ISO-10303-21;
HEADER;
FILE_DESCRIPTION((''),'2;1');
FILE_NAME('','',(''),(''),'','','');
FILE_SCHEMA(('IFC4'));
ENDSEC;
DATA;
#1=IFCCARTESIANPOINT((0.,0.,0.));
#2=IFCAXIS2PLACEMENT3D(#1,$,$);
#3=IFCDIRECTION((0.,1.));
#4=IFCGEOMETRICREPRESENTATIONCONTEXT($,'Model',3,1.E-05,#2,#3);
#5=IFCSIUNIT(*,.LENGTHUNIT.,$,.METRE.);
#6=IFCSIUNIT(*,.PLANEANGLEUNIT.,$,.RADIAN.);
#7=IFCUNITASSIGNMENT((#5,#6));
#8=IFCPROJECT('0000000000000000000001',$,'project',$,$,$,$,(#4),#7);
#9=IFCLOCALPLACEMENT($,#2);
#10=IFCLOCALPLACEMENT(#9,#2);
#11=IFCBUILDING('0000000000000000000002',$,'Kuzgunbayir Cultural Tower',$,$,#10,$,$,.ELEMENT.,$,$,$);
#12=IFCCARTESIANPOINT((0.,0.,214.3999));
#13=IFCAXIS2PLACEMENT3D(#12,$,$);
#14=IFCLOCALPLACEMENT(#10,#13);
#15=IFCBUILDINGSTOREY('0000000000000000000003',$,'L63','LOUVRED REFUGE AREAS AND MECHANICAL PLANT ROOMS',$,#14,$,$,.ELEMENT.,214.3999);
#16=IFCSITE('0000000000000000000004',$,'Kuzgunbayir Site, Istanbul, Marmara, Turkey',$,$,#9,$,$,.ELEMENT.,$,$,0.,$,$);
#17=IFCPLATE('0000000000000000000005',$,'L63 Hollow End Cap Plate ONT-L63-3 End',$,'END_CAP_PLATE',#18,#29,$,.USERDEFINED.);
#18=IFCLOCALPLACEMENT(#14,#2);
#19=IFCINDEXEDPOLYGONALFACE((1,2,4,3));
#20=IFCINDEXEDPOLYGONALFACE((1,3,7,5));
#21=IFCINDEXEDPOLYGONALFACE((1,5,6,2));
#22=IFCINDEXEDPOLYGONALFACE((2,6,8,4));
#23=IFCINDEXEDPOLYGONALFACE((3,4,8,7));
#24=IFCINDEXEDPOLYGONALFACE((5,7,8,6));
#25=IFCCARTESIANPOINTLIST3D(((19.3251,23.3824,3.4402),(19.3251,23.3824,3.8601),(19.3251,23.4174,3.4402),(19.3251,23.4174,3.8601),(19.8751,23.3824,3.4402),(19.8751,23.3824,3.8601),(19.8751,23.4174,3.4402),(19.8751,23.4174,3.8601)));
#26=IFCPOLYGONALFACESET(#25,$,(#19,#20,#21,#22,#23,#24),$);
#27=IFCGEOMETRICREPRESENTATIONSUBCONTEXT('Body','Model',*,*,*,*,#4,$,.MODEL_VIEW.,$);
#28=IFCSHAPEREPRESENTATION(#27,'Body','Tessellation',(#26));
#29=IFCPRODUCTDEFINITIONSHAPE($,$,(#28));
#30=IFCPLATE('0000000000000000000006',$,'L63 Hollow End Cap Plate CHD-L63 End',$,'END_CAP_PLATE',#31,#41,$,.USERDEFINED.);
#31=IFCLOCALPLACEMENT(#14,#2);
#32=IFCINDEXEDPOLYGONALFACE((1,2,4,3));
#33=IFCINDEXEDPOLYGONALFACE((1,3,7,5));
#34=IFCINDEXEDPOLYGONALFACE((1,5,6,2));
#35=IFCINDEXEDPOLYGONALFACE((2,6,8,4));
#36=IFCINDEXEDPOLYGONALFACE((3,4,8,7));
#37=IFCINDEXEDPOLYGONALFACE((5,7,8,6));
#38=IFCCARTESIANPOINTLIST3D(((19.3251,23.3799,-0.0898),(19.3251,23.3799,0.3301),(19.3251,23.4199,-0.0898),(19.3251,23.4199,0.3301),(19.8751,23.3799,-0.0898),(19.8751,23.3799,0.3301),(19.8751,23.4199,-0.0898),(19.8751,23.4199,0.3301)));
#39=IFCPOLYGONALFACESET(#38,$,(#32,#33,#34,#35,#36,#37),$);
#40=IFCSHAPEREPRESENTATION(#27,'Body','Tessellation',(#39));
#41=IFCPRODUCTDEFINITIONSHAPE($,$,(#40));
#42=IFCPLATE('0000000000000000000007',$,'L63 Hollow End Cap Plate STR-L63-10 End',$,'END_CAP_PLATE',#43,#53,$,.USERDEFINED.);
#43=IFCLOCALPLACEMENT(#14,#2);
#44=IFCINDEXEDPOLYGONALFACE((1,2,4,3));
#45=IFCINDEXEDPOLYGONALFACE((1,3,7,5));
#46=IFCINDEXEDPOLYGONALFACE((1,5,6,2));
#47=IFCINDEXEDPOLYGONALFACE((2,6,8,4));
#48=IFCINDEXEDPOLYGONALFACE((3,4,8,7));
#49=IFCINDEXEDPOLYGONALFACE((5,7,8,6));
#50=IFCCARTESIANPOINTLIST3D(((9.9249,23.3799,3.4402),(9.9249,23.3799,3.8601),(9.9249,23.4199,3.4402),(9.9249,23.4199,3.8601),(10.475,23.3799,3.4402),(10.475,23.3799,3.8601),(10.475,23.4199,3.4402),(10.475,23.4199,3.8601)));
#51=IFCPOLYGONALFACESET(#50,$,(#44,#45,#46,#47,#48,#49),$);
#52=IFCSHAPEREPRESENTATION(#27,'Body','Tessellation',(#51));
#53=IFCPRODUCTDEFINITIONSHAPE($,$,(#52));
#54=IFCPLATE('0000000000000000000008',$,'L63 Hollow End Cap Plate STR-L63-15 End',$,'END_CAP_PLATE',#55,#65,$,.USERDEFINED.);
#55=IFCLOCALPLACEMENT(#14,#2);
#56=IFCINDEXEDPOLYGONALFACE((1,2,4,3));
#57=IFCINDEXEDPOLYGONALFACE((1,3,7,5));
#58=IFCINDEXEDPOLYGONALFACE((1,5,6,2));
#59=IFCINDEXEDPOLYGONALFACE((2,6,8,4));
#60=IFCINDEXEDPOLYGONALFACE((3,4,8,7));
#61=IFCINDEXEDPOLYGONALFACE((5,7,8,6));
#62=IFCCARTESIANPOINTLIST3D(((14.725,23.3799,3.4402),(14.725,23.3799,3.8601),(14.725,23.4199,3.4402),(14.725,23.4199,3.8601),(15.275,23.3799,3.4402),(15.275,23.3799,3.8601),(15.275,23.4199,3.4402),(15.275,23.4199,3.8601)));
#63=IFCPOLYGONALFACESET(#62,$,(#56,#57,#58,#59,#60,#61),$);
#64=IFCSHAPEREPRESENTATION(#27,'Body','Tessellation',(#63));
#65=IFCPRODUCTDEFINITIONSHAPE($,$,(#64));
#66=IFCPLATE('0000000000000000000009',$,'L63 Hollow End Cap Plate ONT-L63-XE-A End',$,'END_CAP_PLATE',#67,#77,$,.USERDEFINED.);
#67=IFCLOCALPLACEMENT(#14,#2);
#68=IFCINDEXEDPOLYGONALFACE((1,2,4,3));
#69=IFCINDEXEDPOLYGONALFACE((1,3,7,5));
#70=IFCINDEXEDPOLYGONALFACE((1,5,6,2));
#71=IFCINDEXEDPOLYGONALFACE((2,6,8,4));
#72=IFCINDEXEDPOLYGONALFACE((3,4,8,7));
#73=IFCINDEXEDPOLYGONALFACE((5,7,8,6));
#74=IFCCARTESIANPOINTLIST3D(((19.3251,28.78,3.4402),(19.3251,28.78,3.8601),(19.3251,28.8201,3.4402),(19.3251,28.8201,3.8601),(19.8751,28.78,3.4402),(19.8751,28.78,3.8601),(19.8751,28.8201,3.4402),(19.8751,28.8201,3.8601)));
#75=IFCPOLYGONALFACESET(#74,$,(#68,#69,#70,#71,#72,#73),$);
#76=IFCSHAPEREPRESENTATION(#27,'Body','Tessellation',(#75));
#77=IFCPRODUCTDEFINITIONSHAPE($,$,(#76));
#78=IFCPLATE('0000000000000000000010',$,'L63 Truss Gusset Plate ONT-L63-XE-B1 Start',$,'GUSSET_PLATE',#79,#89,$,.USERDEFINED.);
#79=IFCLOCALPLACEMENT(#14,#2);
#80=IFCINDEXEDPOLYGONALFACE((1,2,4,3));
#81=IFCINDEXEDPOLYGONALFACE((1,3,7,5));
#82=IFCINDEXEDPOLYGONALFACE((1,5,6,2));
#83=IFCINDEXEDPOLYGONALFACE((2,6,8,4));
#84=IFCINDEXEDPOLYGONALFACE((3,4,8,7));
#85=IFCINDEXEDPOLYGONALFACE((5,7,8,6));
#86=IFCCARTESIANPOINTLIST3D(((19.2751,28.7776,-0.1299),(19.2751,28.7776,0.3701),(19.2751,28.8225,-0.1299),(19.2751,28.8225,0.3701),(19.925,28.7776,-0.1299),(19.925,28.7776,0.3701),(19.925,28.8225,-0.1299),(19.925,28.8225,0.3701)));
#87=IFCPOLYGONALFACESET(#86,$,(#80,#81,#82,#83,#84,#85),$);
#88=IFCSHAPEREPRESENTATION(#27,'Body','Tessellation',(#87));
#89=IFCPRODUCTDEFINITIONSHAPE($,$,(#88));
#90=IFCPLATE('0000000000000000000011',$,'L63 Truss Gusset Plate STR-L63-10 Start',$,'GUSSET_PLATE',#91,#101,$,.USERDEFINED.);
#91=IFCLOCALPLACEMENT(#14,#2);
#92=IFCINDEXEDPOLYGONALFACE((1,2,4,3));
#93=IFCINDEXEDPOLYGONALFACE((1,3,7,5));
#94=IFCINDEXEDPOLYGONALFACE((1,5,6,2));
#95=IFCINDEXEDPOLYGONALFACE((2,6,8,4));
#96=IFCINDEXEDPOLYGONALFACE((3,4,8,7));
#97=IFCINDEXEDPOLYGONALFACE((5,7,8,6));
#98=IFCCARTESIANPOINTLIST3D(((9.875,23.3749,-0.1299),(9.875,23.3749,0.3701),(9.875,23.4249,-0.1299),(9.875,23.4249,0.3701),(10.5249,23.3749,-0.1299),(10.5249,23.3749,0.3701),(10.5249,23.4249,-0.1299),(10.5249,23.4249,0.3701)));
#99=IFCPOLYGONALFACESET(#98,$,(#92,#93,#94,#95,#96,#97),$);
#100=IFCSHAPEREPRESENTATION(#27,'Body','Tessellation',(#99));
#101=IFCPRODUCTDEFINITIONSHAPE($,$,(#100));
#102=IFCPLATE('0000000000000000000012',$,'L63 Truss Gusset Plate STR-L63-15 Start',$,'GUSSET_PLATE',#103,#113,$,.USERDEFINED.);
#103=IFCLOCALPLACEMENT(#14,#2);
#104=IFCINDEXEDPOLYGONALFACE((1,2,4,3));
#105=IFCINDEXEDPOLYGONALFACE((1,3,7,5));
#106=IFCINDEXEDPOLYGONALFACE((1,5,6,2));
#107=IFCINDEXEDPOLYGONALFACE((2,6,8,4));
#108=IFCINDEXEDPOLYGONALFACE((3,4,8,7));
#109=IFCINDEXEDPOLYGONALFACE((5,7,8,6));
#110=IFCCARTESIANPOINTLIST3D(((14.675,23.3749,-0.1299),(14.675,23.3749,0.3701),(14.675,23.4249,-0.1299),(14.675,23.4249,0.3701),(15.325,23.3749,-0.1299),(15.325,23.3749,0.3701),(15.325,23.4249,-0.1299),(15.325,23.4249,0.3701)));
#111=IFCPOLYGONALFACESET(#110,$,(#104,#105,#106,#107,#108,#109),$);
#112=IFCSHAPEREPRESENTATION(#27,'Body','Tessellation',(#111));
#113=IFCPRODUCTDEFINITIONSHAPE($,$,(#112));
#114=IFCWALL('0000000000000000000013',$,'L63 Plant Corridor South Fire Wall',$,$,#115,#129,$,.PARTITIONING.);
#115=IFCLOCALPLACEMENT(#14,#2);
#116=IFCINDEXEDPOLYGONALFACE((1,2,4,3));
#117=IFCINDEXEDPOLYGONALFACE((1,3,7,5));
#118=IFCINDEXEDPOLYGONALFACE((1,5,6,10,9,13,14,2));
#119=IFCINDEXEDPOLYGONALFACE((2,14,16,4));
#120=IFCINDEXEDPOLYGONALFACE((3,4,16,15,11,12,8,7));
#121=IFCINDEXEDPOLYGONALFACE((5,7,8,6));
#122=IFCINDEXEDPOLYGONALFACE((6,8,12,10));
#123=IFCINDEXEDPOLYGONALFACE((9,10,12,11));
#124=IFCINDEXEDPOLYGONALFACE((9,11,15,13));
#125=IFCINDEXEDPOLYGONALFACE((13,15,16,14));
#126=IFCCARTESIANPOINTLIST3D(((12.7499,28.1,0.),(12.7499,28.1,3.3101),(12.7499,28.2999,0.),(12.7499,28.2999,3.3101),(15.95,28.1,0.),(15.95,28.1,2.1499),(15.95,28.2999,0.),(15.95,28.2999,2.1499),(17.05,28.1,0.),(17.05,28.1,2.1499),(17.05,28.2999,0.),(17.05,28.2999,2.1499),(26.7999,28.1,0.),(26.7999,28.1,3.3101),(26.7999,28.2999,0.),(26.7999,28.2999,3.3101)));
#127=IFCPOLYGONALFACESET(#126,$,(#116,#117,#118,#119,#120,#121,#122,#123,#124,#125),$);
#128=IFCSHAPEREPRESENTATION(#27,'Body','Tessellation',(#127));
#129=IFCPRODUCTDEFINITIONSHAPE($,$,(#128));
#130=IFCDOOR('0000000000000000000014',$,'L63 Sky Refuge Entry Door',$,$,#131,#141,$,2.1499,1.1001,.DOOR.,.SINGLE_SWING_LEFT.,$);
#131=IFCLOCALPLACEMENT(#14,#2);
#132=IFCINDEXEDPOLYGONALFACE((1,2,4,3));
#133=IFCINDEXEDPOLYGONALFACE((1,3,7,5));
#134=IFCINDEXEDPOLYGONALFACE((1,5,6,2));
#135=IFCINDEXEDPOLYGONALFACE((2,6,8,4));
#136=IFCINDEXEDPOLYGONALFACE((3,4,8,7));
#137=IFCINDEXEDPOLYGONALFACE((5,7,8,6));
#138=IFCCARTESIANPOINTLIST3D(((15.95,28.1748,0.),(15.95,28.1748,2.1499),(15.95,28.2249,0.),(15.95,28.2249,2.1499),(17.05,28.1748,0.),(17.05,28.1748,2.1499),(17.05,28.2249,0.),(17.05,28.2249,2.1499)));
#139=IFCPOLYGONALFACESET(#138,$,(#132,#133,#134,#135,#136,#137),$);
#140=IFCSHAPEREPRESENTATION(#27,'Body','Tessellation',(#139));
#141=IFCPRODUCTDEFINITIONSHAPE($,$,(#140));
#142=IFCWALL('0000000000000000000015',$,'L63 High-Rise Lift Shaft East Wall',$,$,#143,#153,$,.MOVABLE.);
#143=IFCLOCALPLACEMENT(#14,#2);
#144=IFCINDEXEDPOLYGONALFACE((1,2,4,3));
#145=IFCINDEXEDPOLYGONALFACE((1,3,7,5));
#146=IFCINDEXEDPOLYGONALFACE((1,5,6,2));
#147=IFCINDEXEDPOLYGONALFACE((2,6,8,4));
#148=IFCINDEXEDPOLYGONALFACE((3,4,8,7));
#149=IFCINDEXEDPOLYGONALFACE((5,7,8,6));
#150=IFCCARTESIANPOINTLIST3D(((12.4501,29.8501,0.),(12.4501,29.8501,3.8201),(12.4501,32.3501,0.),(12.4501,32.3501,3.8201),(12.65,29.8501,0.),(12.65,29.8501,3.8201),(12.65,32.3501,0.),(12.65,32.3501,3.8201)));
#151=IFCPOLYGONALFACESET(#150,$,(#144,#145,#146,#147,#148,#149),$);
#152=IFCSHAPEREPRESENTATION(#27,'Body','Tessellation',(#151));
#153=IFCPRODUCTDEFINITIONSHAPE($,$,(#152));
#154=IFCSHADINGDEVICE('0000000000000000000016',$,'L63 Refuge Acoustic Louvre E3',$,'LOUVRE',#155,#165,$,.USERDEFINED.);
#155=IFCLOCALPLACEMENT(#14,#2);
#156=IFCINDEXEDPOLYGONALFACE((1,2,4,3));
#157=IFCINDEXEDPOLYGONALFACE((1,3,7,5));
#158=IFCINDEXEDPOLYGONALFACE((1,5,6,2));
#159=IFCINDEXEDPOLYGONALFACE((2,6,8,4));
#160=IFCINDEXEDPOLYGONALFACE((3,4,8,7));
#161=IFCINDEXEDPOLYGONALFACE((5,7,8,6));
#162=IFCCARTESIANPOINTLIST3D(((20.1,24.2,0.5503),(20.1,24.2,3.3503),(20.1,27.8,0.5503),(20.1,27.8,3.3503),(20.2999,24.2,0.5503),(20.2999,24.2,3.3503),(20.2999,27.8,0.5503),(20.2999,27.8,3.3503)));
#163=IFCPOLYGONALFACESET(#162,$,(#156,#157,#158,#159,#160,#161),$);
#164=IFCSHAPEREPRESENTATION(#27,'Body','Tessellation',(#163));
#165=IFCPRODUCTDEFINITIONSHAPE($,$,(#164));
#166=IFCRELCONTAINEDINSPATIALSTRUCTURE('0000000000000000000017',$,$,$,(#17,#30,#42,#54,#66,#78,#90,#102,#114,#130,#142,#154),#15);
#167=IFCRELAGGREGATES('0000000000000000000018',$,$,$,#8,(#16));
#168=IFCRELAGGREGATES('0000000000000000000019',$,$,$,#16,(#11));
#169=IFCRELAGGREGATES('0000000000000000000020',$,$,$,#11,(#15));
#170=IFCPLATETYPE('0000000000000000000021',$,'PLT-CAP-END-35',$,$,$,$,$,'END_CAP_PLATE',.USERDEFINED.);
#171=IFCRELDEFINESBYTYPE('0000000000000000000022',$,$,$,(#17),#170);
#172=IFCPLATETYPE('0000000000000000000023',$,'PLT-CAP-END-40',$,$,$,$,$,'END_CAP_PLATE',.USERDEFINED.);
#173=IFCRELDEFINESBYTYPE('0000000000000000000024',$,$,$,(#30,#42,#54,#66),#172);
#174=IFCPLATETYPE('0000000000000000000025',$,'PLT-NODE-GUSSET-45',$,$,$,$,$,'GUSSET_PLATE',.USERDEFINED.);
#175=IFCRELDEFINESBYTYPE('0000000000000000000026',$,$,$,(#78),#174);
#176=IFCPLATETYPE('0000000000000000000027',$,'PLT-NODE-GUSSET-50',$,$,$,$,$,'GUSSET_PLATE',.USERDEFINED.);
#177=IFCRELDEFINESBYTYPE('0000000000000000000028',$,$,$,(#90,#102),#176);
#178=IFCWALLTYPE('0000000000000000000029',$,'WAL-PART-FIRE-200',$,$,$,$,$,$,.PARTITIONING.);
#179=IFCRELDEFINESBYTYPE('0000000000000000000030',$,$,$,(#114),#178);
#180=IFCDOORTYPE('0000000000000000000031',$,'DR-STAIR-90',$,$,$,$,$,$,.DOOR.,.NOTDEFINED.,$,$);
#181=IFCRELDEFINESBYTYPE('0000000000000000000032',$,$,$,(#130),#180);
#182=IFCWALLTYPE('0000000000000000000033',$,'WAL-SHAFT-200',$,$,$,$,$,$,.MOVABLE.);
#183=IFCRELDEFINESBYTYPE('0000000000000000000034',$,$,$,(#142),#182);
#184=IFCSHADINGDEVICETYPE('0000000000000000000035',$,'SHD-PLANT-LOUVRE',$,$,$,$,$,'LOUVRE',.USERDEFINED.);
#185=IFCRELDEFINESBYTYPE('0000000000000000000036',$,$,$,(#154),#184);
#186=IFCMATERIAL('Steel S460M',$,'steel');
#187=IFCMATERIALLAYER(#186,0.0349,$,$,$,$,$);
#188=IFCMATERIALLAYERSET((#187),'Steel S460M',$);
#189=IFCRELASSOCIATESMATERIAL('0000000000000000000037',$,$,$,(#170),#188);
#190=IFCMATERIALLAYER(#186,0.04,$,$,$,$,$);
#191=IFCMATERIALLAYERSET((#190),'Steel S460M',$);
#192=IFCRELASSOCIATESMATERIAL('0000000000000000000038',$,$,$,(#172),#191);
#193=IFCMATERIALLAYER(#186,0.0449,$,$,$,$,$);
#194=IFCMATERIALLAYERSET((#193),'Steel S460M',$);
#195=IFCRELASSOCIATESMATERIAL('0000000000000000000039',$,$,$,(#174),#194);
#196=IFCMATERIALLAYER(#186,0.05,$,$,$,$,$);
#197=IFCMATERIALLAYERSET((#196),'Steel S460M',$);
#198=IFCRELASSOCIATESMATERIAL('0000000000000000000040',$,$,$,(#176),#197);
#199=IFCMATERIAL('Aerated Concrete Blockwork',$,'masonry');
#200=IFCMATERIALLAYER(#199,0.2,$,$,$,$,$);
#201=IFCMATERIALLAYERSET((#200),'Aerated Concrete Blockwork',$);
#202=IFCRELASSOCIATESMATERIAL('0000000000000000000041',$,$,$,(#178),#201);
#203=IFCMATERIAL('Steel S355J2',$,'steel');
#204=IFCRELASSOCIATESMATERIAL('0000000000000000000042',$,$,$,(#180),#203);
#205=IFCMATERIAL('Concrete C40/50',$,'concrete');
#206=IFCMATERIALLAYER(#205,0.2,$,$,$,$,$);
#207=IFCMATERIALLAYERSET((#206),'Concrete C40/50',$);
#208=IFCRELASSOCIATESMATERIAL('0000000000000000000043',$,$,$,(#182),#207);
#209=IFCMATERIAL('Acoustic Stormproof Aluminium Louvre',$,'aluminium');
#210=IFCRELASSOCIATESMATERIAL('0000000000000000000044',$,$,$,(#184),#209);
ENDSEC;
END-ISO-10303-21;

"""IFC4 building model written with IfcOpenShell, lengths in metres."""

from ifc_helpers import new_model, si_unit, direction, frame, frame_2d, origin, origin_2d, place, context, subcontext, project, spatial, rectangle, extrude, material, layer, layer_set, type_object, element, fill, save


model = new_model("IFC4")

# Units and contexts
model_context = context("Model", 3, precision=1e-05, world=origin(), true_north=direction((0.0, 1.0)))
body_context = subcontext(model_context, "Body", "Model", "MODEL_VIEW")
ifc_project = project(units=[si_unit("LENGTHUNIT", "METRE"), si_unit("PLANEANGLEUNIT", "RADIAN")], contexts=[model_context])

# Site, building, storey
site_placement = place(None, origin())
site = spatial("IfcSite", under=ifc_project, at=site_placement, Name="Kuzgunbayir Site, Istanbul, Marmara, Turkey", CompositionType="ELEMENT", RefElevation=0.0)
building_placement = place(site_placement, origin())
building = spatial("IfcBuilding", under=site, at=building_placement, Name="Kuzgunbayir Cultural Tower", CompositionType="ELEMENT")
storey_placement = place(building_placement, frame((0.0, 0.0, 214.3999)))
storey = spatial("IfcBuildingStorey", under=building, at=storey_placement, Name="L63", Description="LOUVRED REFUGE AREAS AND MECHANICAL PLANT ROOMS", CompositionType="ELEMENT", Elevation=214.3999)

# Shared definitions
ifc_material_1 = material(Name="Steel S355J2", Category="steel")

# Shared definitions
ifc_material_2 = material(Name="Steel S460M", Category="steel")

# Plates
ifc_layer_1 = layer(ifc_material_2, 0.0349)
ifc_layer_set_1 = layer_set([ifc_layer_1], Name="Steel S460M")
plate_type_1 = type_object("IfcPlateType", Name="PLT-CAP-END-35", ElementType="END_CAP_PLATE", PredefinedType="USERDEFINED", material=ifc_layer_set_1)
plate_1_placement = place(storey_placement, frame((19.6001, 23.3999, 3.4402), z_axis=(0.0, 0.0, 1.0), x_axis=(1.0, 0.0, 0.0)))
element("IfcPlate", 1, at=plate_1_placement, inside=storey, type_object=plate_type_1, Name="L63 Hollow End Cap Plate ONT-L63-3 End", ObjectType="END_CAP_PLATE", PredefinedType="USERDEFINED", context=body_context, shape_type="SweptSolid", body=[
    extrude(rectangle(XDim=0.55, YDim=0.0349, at=origin_2d()), origin(), (0.0, 0.0, 1.0), 0.4199),
])
ifc_layer_2 = layer(ifc_material_2, 0.04)
ifc_layer_set_2 = layer_set([ifc_layer_2], Name="Steel S460M")
plate_type_2 = type_object("IfcPlateType", Name="PLT-CAP-END-40", ElementType="END_CAP_PLATE", PredefinedType="USERDEFINED", material=ifc_layer_set_2)
for number, where, z_axis, x_axis, name in (
    (2, (19.6001, 23.3999, -0.0898), (0.0, 0.0, 1.0), (1.0, 0.0, 0.0), "L63 Hollow End Cap Plate CHD-L63 End"),
    (3, (10.2, 23.3999, 3.4402), (0.0, 0.0, 1.0), (1.0, 0.0, 0.0), "L63 Hollow End Cap Plate STR-L63-10 End"),
    (4, (15.0, 23.3999, 3.4402), (0.0, 0.0, 1.0), (1.0, 0.0, 0.0), "L63 Hollow End Cap Plate STR-L63-15 End"),
    (5, (19.6001, 28.8, 3.4402), (0.0, 0.0, 1.0), (1.0, 0.0, 0.0), "L63 Hollow End Cap Plate ONT-L63-XE-A End"),
):
    element("IfcPlate", number, at=place(storey_placement, frame(where, z_axis=z_axis, x_axis=x_axis)), inside=storey, type_object=plate_type_2, Name=name, ObjectType="END_CAP_PLATE", PredefinedType="USERDEFINED", context=body_context, shape_type="SweptSolid", body=[
        extrude(rectangle(XDim=0.55, YDim=0.04, at=origin_2d()), origin(), (0.0, 0.0, 1.0), 0.4199),
    ])
ifc_layer_3 = layer(ifc_material_2, 0.0449)
ifc_layer_set_3 = layer_set([ifc_layer_3], Name="Steel S460M")
plate_type_3 = type_object("IfcPlateType", Name="PLT-NODE-GUSSET-45", ElementType="GUSSET_PLATE", PredefinedType="USERDEFINED", material=ifc_layer_set_3)
plate_2_placement = place(storey_placement, frame((19.6001, 28.8, -0.1299), z_axis=(0.0, 0.0, 1.0), x_axis=(1.0, 0.0, 0.0)))
element("IfcPlate", 6, at=plate_2_placement, inside=storey, type_object=plate_type_3, Name="L63 Truss Gusset Plate ONT-L63-XE-B1 Start", ObjectType="GUSSET_PLATE", PredefinedType="USERDEFINED", context=body_context, shape_type="SweptSolid", body=[
    extrude(rectangle(XDim=0.6499, YDim=0.0449, at=origin_2d()), origin(), (0.0, 0.0, 1.0), 0.5),
])
ifc_layer_4 = layer(ifc_material_2, 0.05)
ifc_layer_set_4 = layer_set([ifc_layer_4], Name="Steel S460M")
plate_type_4 = type_object("IfcPlateType", Name="PLT-NODE-GUSSET-50", ElementType="GUSSET_PLATE", PredefinedType="USERDEFINED", material=ifc_layer_set_4)
for number, where, z_axis, x_axis, name in (
    (7, (10.2, 23.3999, -0.1299), (0.0, 0.0, 1.0), (1.0, 0.0, 0.0), "L63 Truss Gusset Plate STR-L63-10 Start"),
    (8, (15.0, 23.3999, -0.1299), (0.0, 0.0, 1.0), (1.0, 0.0, 0.0), "L63 Truss Gusset Plate STR-L63-15 Start"),
):
    element("IfcPlate", number, at=place(storey_placement, frame(where, z_axis=z_axis, x_axis=x_axis)), inside=storey, type_object=plate_type_4, Name=name, ObjectType="GUSSET_PLATE", PredefinedType="USERDEFINED", context=body_context, shape_type="SweptSolid", body=[
        extrude(rectangle(XDim=0.6499, YDim=0.05, at=origin_2d()), origin(), (0.0, 0.0, 1.0), 0.5),
    ])

# Wall, opening, door
ifc_material_3 = material(Name="Aerated Concrete Blockwork", Category="masonry")
ifc_layer_5 = layer(ifc_material_3, 0.2)
ifc_layer_set_5 = layer_set([ifc_layer_5], Name="Aerated Concrete Blockwork")
wall_type_1 = type_object("IfcWallType", Name="WAL-PART-FIRE-200", PredefinedType="PARTITIONING", material=ifc_layer_set_5)
wall_1_placement = place(storey_placement, frame((12.75, 28.2, 0.0), z_axis=(0.0, 0.0, 1.0), x_axis=(1.0, 0.0, 0.0)))
wall_1 = element("IfcWall", 9, at=wall_1_placement, inside=storey, type_object=wall_type_1, Name="L63 Plant Corridor South Fire Wall", PredefinedType="PARTITIONING", context=body_context, shape_type="SweptSolid", body=[
    extrude(rectangle(XDim=14.05, YDim=0.2, at=frame_2d((7.0249, 0.0))), origin(), (0.0, 0.0, 1.0), 3.3101),
])
opening_placement = place(wall_1_placement, frame((3.2, 0.0, 0.0)))
opening = element("IfcOpeningElement", 10, at=opening_placement, cuts=wall_1, PredefinedType="OPENING", context=body_context, shape_type="SweptSolid", body=[
    extrude(rectangle(XDim=1.1001, YDim=2.1499, at=frame_2d((0.55, 1.075))), frame((0.0, 0.1099, 0.0), z_axis=(0.0, -1.0, 0.0), x_axis=(1.0, 0.0, 0.0)), (0.0, 0.0, 1.0), 0.22),
])
door_type = type_object("IfcDoorType", Name="DR-STAIR-90", OperationType="NOTDEFINED", PredefinedType="DOOR", material=ifc_material_1)
door_placement = place(opening_placement, origin())
door = element("IfcDoor", 11, at=door_placement, inside=storey, type_object=door_type, Name="L63 Sky Refuge Entry Door", OperationType="SINGLE_SWING_LEFT", OverallHeight=2.1499, OverallWidth=1.1001, PredefinedType="DOOR", context=body_context, shape_type="SweptSolid", body=[
    extrude(rectangle(XDim=1.1001, YDim=2.1499, at=frame_2d((0.55, 1.075))), frame((0.0, 0.0249, 0.0), z_axis=(0.0, -1.0, 0.0), x_axis=(1.0, 0.0, 0.0)), (0.0, 0.0, 1.0), 0.05),
])
fill(opening, door)

# Wall
ifc_material_4 = material(Name="Concrete C40/50", Category="concrete")
ifc_layer_6 = layer(ifc_material_4, 0.2)
ifc_layer_set_6 = layer_set([ifc_layer_6], Name="Concrete C40/50")
wall_type_2 = type_object("IfcWallType", Name="WAL-SHAFT-200", PredefinedType="MOVABLE", material=ifc_layer_set_6)
wall_2_placement = place(storey_placement, frame((12.55, 29.8501, 0.0), z_axis=(0.0, 0.0, 1.0), x_axis=(0.0, 1.0, 0.0)))
element("IfcWall", 12, at=wall_2_placement, inside=storey, type_object=wall_type_2, Name="L63 High-Rise Lift Shaft East Wall", PredefinedType="MOVABLE", context=body_context, shape_type="SweptSolid", body=[
    extrude(rectangle(XDim=2.5, YDim=0.2, at=frame_2d((1.25, 0.0))), origin(), (0.0, 0.0, 1.0), 3.8201),
])

# Shading device
ifc_material_5 = material(Name="Acoustic Stormproof Aluminium Louvre", Category="aluminium")
shading_device_type = type_object("IfcShadingDeviceType", Name="SHD-PLANT-LOUVRE", ElementType="LOUVRE", PredefinedType="USERDEFINED", material=ifc_material_5)
shading_device_placement = place(storey_placement, frame((20.2, 26.0, 0.5503), z_axis=(0.0, 0.0, 1.0), x_axis=(1.0, 0.0, 0.0)))
element("IfcShadingDevice", 13, at=shading_device_placement, inside=storey, type_object=shading_device_type, Name="L63 Refuge Acoustic Louvre E3", ObjectType="LOUVRE", PredefinedType="USERDEFINED", context=body_context, shape_type="SweptSolid", body=[
    extrude(rectangle(XDim=0.2, YDim=3.6001, at=origin_2d()), origin(), (0.0, 0.0, 1.0), 2.8),
])

save(model, "model.ifc")
